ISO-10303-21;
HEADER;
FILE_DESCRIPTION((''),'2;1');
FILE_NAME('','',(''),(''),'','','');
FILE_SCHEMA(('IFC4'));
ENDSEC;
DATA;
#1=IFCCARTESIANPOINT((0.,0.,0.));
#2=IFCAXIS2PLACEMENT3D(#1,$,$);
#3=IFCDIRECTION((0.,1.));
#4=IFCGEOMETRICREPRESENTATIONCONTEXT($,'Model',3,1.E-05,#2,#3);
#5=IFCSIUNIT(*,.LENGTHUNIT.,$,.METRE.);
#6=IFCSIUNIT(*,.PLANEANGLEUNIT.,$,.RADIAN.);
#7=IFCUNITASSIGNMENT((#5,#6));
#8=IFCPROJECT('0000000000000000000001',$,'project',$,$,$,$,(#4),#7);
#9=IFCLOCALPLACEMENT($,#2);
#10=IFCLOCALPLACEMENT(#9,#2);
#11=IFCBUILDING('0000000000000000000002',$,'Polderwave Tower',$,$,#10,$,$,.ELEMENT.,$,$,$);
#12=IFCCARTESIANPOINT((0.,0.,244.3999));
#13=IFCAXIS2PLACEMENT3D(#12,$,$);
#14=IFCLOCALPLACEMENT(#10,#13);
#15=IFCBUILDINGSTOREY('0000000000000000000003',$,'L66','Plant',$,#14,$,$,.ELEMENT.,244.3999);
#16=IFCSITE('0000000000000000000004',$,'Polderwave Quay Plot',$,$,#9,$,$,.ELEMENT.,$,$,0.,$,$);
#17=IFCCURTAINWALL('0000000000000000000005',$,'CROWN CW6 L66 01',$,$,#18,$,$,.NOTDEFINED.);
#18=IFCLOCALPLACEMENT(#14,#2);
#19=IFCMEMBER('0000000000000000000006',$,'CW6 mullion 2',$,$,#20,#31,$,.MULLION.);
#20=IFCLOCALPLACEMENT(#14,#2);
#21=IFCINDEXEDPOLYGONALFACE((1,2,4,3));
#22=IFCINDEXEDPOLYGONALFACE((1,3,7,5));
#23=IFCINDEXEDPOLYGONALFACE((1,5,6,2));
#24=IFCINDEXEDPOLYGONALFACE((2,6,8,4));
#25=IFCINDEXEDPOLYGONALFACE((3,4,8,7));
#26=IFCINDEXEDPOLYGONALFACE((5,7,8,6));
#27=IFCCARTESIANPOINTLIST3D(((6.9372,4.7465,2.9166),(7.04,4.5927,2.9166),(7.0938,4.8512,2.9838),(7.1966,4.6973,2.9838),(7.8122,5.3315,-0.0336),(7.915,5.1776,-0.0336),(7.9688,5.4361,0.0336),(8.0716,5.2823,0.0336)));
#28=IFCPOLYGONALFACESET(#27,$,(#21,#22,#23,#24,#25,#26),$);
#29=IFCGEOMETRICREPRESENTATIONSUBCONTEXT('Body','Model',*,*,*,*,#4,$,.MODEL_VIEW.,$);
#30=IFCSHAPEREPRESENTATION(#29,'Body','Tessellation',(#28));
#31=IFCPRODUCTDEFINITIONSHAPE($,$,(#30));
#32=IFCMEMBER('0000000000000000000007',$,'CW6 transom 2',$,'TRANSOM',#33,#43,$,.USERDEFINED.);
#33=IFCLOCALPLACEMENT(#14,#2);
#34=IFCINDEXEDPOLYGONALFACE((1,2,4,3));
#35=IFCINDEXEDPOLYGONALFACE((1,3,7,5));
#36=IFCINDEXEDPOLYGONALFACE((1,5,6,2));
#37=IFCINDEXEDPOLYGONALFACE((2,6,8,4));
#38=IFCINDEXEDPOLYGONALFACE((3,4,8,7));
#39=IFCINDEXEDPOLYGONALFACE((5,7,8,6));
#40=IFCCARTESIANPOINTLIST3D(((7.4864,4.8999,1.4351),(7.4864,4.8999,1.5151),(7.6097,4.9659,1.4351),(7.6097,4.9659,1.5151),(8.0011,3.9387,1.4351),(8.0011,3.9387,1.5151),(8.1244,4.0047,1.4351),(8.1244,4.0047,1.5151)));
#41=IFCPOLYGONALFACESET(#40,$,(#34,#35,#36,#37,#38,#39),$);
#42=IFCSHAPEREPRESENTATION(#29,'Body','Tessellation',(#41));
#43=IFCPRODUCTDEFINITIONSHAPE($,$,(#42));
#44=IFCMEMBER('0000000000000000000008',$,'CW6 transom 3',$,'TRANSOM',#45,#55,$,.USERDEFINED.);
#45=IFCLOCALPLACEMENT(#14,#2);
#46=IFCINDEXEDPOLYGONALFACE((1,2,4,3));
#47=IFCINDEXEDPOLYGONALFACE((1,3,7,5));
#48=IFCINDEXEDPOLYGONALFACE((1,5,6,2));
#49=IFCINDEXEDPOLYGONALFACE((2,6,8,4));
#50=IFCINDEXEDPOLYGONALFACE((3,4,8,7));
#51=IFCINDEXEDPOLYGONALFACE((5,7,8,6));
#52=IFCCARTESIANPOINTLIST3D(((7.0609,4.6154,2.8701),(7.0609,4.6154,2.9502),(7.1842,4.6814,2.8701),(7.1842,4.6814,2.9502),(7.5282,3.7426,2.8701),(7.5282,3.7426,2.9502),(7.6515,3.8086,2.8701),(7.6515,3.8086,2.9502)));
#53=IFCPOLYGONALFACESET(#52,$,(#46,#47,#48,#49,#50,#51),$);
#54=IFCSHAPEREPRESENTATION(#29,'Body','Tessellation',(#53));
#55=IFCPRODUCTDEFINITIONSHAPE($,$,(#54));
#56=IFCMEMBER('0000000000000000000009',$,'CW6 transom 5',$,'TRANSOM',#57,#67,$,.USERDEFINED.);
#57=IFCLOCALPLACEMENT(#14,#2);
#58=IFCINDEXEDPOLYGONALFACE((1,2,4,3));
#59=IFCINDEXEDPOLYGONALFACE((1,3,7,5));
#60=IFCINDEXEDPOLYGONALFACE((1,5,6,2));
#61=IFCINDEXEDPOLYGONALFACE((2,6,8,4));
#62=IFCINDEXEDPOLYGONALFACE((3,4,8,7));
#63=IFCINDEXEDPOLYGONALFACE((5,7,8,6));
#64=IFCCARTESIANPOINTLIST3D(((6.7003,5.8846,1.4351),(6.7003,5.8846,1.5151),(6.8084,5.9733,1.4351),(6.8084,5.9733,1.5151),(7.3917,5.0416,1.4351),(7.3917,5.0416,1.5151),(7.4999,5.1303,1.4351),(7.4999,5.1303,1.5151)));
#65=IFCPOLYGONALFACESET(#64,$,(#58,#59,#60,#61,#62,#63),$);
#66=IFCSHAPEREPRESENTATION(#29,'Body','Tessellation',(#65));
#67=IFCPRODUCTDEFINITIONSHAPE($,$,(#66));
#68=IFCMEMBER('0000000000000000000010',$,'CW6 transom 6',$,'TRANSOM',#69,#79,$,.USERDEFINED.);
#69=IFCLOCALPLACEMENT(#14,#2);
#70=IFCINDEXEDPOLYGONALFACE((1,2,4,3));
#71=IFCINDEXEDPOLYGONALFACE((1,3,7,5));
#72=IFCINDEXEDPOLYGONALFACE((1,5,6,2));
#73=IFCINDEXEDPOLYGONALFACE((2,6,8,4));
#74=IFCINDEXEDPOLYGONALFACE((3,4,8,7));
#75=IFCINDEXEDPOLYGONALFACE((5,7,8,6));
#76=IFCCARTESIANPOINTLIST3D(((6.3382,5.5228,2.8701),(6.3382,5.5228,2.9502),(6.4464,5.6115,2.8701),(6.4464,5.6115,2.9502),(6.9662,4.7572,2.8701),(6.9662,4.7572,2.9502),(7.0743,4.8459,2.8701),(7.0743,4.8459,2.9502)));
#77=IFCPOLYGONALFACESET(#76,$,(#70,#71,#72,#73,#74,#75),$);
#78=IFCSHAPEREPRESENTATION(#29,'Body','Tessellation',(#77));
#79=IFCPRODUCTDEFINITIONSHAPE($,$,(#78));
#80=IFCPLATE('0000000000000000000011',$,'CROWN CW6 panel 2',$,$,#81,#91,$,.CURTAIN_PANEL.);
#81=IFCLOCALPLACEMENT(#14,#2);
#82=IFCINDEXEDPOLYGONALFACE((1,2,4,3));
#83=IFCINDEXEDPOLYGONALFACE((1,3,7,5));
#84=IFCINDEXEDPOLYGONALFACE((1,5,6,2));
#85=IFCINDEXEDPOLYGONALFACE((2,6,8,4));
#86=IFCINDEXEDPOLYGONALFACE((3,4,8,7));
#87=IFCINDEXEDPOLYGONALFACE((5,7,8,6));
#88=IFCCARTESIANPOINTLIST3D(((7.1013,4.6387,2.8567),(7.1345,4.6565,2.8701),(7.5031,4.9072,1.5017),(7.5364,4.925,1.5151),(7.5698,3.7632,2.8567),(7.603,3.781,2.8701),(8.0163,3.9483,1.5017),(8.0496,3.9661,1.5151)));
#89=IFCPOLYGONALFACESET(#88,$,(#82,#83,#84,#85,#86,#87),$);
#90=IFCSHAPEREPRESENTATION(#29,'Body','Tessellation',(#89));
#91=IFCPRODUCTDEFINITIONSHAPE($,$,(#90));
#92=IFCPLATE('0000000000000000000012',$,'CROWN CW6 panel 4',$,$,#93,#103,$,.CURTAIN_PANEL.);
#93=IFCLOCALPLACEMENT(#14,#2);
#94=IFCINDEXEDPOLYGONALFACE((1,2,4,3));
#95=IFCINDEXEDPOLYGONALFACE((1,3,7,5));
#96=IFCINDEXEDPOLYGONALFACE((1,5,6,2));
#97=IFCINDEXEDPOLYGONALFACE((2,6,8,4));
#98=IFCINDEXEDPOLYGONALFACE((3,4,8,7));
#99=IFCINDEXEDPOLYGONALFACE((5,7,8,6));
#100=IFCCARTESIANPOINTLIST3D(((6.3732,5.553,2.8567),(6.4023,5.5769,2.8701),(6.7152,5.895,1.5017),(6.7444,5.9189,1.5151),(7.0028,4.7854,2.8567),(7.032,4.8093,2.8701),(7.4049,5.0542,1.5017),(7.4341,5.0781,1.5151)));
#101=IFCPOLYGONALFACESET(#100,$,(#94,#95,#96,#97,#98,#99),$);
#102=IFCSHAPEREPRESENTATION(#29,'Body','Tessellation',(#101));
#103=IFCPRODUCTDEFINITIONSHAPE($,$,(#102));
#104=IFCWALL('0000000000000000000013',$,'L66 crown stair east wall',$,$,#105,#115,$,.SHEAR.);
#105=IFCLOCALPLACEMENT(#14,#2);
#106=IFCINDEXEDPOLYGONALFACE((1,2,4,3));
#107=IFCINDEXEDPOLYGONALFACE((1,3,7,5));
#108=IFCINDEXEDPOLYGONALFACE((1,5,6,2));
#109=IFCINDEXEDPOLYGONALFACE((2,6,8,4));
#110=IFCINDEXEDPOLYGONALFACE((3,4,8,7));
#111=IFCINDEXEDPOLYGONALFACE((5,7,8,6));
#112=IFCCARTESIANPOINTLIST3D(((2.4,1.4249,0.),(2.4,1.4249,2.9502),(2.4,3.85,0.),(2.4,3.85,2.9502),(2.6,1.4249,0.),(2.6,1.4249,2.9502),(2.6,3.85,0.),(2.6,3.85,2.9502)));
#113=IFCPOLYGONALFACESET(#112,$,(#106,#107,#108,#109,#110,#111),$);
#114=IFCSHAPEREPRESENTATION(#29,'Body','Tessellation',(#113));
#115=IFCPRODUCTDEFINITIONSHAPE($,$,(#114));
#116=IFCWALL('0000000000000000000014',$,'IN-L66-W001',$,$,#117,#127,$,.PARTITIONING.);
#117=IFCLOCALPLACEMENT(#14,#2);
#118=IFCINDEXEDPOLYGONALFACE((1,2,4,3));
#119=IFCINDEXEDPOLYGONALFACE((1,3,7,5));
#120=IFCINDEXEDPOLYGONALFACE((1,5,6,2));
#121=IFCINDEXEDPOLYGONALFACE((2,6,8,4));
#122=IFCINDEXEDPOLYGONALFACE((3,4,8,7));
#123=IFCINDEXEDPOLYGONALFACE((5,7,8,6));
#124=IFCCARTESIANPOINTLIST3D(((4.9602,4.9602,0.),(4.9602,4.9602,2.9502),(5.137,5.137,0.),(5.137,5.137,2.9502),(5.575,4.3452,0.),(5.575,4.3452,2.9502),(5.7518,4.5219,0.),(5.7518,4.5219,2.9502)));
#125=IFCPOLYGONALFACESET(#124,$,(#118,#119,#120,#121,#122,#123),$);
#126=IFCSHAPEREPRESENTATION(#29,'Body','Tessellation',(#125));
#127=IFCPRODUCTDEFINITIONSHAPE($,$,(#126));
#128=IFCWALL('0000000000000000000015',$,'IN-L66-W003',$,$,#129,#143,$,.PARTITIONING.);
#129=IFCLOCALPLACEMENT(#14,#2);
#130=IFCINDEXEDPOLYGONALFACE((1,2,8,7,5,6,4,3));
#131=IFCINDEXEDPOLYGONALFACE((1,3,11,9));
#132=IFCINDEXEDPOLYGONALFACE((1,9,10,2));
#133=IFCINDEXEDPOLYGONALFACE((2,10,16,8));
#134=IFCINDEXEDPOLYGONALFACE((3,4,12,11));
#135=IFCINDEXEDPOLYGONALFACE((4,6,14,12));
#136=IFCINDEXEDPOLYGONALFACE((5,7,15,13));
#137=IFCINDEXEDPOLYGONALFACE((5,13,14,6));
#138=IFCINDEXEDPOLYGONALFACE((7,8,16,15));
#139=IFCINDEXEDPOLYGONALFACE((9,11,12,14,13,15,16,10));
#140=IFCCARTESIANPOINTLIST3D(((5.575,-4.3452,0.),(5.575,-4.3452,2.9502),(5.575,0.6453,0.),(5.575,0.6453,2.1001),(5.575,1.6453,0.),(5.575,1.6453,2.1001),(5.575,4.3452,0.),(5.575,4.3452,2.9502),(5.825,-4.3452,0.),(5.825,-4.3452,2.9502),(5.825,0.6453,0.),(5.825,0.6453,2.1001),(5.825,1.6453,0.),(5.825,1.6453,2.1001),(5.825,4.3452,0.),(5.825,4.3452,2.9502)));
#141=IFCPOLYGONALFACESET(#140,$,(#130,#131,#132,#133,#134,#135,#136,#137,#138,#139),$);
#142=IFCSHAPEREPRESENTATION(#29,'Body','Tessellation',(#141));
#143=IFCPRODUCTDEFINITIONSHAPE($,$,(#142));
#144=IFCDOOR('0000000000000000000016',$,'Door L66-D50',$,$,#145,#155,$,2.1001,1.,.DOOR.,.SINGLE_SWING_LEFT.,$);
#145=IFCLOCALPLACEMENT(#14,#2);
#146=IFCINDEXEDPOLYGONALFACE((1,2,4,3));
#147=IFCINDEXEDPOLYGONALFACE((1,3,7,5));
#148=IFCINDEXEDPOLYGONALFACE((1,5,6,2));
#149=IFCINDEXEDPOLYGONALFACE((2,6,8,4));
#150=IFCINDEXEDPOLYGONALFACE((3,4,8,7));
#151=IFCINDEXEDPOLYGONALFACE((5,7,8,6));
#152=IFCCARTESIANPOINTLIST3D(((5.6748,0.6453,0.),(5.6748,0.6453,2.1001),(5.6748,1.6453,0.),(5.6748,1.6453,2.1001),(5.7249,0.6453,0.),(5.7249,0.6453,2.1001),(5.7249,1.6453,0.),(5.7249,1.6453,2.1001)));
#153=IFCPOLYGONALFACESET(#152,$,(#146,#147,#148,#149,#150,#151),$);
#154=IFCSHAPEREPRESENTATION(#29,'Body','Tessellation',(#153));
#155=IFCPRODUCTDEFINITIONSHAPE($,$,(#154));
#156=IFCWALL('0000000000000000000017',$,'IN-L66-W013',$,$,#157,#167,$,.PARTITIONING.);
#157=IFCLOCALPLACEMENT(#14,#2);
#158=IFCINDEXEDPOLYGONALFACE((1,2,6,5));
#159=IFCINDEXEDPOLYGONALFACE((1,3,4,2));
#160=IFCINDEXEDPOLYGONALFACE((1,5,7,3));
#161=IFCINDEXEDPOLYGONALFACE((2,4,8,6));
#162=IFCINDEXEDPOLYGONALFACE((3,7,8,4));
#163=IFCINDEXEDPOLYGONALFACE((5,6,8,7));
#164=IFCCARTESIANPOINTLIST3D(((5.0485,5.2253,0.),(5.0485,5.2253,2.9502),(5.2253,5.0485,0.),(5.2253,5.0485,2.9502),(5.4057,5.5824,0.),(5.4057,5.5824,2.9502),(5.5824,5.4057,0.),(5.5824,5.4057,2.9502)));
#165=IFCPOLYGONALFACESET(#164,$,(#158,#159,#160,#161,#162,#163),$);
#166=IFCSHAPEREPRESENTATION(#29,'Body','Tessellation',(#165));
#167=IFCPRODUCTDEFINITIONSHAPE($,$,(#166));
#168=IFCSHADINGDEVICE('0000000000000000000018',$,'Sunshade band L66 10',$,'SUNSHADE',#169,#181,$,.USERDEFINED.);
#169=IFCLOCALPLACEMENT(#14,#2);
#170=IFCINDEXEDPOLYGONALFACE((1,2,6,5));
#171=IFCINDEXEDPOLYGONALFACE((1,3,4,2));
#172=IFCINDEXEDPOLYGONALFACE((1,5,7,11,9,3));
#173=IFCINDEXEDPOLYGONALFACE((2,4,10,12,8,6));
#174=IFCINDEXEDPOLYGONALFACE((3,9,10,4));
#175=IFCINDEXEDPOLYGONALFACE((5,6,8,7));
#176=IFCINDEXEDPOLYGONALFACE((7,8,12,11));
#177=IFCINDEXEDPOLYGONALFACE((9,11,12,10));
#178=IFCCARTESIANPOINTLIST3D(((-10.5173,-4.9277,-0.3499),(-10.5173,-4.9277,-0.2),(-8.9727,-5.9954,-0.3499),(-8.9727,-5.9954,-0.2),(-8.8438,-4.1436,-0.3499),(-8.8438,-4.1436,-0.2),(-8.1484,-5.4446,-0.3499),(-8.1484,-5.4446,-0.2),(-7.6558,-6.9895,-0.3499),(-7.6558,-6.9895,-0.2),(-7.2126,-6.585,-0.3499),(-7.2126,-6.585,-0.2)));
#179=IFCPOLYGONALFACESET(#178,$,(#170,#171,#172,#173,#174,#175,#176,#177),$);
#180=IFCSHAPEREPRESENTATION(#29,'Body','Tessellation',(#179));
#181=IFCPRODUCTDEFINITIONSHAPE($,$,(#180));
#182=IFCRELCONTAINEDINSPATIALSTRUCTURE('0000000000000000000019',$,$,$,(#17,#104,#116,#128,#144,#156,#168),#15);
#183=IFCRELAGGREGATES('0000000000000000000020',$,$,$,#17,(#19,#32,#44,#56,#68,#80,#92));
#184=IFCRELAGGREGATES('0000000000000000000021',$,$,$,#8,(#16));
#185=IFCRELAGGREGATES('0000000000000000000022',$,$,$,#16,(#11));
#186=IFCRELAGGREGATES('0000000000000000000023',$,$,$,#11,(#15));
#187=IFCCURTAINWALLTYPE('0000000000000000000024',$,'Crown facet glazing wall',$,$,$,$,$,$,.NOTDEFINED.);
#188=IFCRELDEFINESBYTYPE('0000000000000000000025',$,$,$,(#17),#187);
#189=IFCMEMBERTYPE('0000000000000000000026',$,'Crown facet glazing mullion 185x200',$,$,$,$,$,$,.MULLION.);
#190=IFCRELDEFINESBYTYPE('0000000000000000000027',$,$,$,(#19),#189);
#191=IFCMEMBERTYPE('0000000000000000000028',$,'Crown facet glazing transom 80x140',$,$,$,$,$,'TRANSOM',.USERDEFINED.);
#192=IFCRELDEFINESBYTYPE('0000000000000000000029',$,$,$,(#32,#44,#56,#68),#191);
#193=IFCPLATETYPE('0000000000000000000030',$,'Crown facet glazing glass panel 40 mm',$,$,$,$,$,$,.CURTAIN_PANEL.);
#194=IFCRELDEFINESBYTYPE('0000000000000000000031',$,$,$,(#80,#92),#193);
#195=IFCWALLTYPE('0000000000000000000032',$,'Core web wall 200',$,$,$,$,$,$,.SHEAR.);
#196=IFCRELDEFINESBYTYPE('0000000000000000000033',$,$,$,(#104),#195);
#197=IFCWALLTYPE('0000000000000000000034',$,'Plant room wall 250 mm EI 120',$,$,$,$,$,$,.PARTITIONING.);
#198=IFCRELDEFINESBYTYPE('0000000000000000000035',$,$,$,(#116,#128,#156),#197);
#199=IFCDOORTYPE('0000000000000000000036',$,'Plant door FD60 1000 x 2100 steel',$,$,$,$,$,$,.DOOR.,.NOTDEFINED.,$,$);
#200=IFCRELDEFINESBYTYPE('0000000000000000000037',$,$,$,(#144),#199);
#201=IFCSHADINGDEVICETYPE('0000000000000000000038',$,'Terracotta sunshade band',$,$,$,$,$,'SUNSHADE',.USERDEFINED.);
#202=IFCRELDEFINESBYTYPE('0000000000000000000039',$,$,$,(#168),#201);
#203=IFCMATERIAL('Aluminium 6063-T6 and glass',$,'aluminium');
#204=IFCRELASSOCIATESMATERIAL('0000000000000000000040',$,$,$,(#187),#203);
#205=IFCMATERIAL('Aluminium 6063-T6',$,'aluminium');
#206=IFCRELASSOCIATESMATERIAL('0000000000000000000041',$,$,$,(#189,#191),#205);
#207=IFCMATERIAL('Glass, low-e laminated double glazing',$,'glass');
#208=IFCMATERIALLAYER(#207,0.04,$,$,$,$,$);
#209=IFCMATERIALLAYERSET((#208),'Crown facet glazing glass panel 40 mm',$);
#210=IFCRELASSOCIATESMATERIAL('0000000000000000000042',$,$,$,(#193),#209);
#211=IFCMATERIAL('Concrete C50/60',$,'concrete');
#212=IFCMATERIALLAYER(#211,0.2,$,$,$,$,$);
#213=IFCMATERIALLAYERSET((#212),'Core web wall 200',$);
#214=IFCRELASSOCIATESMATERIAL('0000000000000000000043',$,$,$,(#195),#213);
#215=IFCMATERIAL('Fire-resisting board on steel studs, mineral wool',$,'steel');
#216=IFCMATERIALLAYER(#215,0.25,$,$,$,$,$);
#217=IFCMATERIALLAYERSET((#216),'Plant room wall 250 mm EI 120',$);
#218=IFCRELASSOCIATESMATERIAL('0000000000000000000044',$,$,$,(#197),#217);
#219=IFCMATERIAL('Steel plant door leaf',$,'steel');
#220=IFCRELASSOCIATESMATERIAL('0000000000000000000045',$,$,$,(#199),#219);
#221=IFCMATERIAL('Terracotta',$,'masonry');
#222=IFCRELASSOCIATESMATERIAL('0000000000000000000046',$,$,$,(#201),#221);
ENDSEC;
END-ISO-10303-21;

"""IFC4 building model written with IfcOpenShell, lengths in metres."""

from ifc_helpers import new_model, si_unit, direction, frame, frame_2d, origin, origin_2d, place, context, subcontext, project, spatial, polyline, rectangle, outline, extrude, material, layer, layer_set, material_profile, profile_set, type_object, element, fill, aggregate, save


model = new_model("IFC4")

# Units and contexts
model_context = context("Model", 3, precision=1e-05, world=origin(), true_north=direction((0.0, 1.0)))
body_context = subcontext(model_context, "Body", "Model", "MODEL_VIEW")
ifc_project = project(units=[si_unit("LENGTHUNIT", "METRE"), si_unit("PLANEANGLEUNIT", "RADIAN")], contexts=[model_context])

# Site, building, storey
site_placement = place(None, origin())
site = spatial("IfcSite", under=ifc_project, at=site_placement, Name="Polderwave Quay Plot", CompositionType="ELEMENT", RefElevation=0.0)
building_placement = place(site_placement, origin())
building = spatial("IfcBuilding", under=site, at=building_placement, Name="Polderwave Tower", CompositionType="ELEMENT")
storey_placement = place(building_placement, frame((0.0, 0.0, 244.3999)))
storey = spatial("IfcBuildingStorey", under=building, at=storey_placement, Name="L66", Description="Plant", CompositionType="ELEMENT", Elevation=244.3999)

# Curtain wall, members, plates
ifc_material_1 = material(Name="Aluminium 6063-T6 and glass", Category="aluminium")
curtain_wall_type = type_object("IfcCurtainWallType", Name="Crown facet glazing wall", PredefinedType="NOTDEFINED", material=ifc_material_1)
curtain_wall_placement = place(storey_placement, origin())
curtain_wall = element("IfcCurtainWall", 1, at=curtain_wall_placement, inside=storey, type_object=curtain_wall_type, Name="CROWN CW6 L66 01", PredefinedType="NOTDEFINED")
ifc_material_2 = material(Name="Aluminium 6063-T6", Category="aluminium")
ifc_material_profile_1 = material_profile(ifc_material_2, rectangle(XDim=0.1851, YDim=0.2, at=origin_2d()), Name="AL 185x200")
ifc_profile_set_1 = profile_set([ifc_material_profile_1], Name="Aluminium 6063-T6")
member_type_1 = type_object("IfcMemberType", Name="Crown facet glazing mullion 185x200", PredefinedType="MULLION", material=ifc_profile_set_1)
member_1_placement = place(storey_placement, frame((7.9419, 5.3069, 0.0), z_axis=(-0.279345, -0.18675, 0.941855), x_axis=(0.55577, -0.831336, 0.0)))
member_1 = element("IfcMember", 2, at=member_1_placement, type_object=member_type_1, Name="CW6 mullion 2", PredefinedType="MULLION", context=body_context, shape_type="SweptSolid", body=[
    extrude(rectangle(XDim=0.1851, YDim=0.2, at=origin_2d()), origin(), (0.0, 0.0, 1.0), 3.1323),
])
ifc_material_profile_2 = material_profile(ifc_material_2, rectangle(XDim=0.1399, YDim=0.0801, at=origin_2d()), Name="AL 80x140")
ifc_profile_set_2 = profile_set([ifc_material_profile_2], Name="Aluminium 6063-T6")
member_type_2 = type_object("IfcMemberType", Name="Crown facet glazing transom 80x140", ElementType="TRANSOM", PredefinedType="USERDEFINED", material=ifc_profile_set_2)
member_2_placement = place(storey_placement, frame((8.0627, 3.9717, 1.4751), z_axis=(-0.472029, 0.881583, 0.0), x_axis=(-0.881583, -0.472029, 0.0)))
member_2 = element("IfcMember", 3, at=member_2_placement, type_object=member_type_2, Name="CW6 transom 2", ObjectType="TRANSOM", PredefinedType="USERDEFINED", context=body_context, shape_type="SweptSolid", body=[
    extrude(rectangle(XDim=0.1399, YDim=0.0801, at=origin_2d()), origin(), (0.0, 0.0, 1.0), 1.0903),
])
member_3_placement = place(storey_placement, frame((7.5898, 3.7756, 2.9102), z_axis=(-0.471996, 0.881601, 0.0), x_axis=(-0.881601, -0.471996, 0.0)))
member_3 = element("IfcMember", 4, at=member_3_placement, type_object=member_type_2, Name="CW6 transom 3", ObjectType="TRANSOM", PredefinedType="USERDEFINED", context=body_context, shape_type="SweptSolid", body=[
    extrude(rectangle(XDim=0.1399, YDim=0.0801, at=origin_2d()), origin(), (0.0, 0.0, 1.0), 0.99),
])
member_4_placement = place(storey_placement, frame((7.4458, 5.0859, 1.4751), z_axis=(-0.634152, 0.773208, 0.0), x_axis=(-0.773208, -0.634152, 0.0)))
member_4 = element("IfcMember", 5, at=member_4_placement, type_object=member_type_2, Name="CW6 transom 5", ObjectType="TRANSOM", PredefinedType="USERDEFINED", context=body_context, shape_type="SweptSolid", body=[
    extrude(rectangle(XDim=0.1399, YDim=0.0801, at=origin_2d()), origin(), (0.0, 0.0, 1.0), 1.0903),
])
member_5_placement = place(storey_placement, frame((7.0203, 4.8015, 2.9102), z_axis=(-0.63415, 0.77321, 0.0), x_axis=(-0.77321, -0.63415, 0.0)))
member_5 = element("IfcMember", 6, at=member_5_placement, type_object=member_type_2, Name="CW6 transom 6", ObjectType="TRANSOM", PredefinedType="USERDEFINED", context=body_context, shape_type="SweptSolid", body=[
    extrude(rectangle(XDim=0.1399, YDim=0.0801, at=origin_2d()), origin(), (0.0, 0.0, 1.0), 0.9902),
])
ifc_material_3 = material(Name="Glass, low-e laminated double glazing", Category="glass")
ifc_layer_1 = layer(ifc_material_3, 0.04)
ifc_layer_set_1 = layer_set([ifc_layer_1], Name="Crown facet glazing glass panel 40 mm")
plate_type = type_object("IfcPlateType", Name="Crown facet glazing glass panel 40 mm", PredefinedType="CURTAIN_PANEL", material=ifc_layer_set_1)
plate_1_placement = place(storey_placement, frame((8.0496, 3.9661, 1.5151), z_axis=(0.830889, 0.444637, 0.334547), x_axis=(-0.471824, 0.881693, 0.0)))
plate_1 = element("IfcPlate", 7, at=plate_1_placement, type_object=plate_type, Name="CROWN CW6 panel 2", PredefinedType="CURTAIN_PANEL", context=body_context, shape_type="SweptSolid", body=[
    extrude(outline(polyline([(0.0, 0.0), (1.0877, 0.0), (1.0405, 1.4378), (0.0475, 1.4378), (0.0, 0.0)])), origin(), (0.0, 0.0, -1.0), 0.04),
])
plate_2_placement = place(storey_placement, frame((7.4341, 5.0781, 1.5151), z_axis=(0.728552, 0.597616, 0.334763), x_axis=(-0.634208, 0.773162, -0.000002)))
plate_2 = element("IfcPlate", 8, at=plate_2_placement, type_object=plate_type, Name="CROWN CW6 panel 4", PredefinedType="CURTAIN_PANEL", context=body_context, shape_type="SweptSolid", body=[
    extrude(outline(polyline([(0.0, 0.0), (1.0875, 0.0), (1.04, 1.4379), (0.0472, 1.4379), (0.0, 0.0)])), origin(), (0.0, 0.0, -1.0), 0.04),
])
aggregate(curtain_wall, [member_1, member_2, member_3, member_4, member_5, plate_1, plate_2])

# Walls
ifc_material_4 = material(Name="Concrete C50/60", Category="concrete")
ifc_layer_2 = layer(ifc_material_4, 0.2)
ifc_layer_set_2 = layer_set([ifc_layer_2], Name="Core web wall 200")
wall_type_1 = type_object("IfcWallType", Name="Core web wall 200", PredefinedType="SHEAR", material=ifc_layer_set_2)
wall_1_placement = place(storey_placement, frame((2.5, 1.425, 0.0), z_axis=(0.0, 0.0, 1.0), x_axis=(0.0, 1.0, 0.0)))
element("IfcWall", 9, at=wall_1_placement, inside=storey, type_object=wall_type_1, Name="L66 crown stair east wall", PredefinedType="SHEAR", context=body_context, shape_type="SweptSolid", body=[
    extrude(rectangle(XDim=2.425, YDim=0.2, at=frame_2d((1.2124, 0.0))), origin(), (0.0, 0.0, 1.0), 2.9502),
])
ifc_material_5 = material(Name="Fire-resisting board on steel studs, mineral wool", Category="steel")
ifc_layer_3 = layer(ifc_material_5, 0.25)
ifc_layer_set_3 = layer_set([ifc_layer_3], Name="Plant room wall 250 mm EI 120")
wall_type_2 = type_object("IfcWallType", Name="Plant room wall 250 mm EI 120", PredefinedType="PARTITIONING", material=ifc_layer_set_3)
wall_2_placement = place(storey_placement, frame((5.0486, 5.0486, 0.0), z_axis=(0.0, 0.0, 1.0), x_axis=(0.706966, -0.707247, 0.0)))
element("IfcWall", 10, at=wall_2_placement, inside=storey, type_object=wall_type_2, Name="IN-L66-W001", PredefinedType="PARTITIONING", context=body_context, shape_type="SweptSolid", body=[
    extrude(rectangle(XDim=0.8696, YDim=0.25, at=frame_2d((0.4348, 0.0))), origin(), (0.0, 0.0, 1.0), 2.9502),
])

# Wall, opening, door
wall_3_placement = place(storey_placement, frame((5.7, 4.3452, 0.0), z_axis=(0.0, 0.0, 1.0), x_axis=(0.0, -1.0, 0.0)))
wall_3 = element("IfcWall", 11, at=wall_3_placement, inside=storey, type_object=wall_type_2, Name="IN-L66-W003", PredefinedType="PARTITIONING", context=body_context, shape_type="SweptSolid", body=[
    extrude(rectangle(XDim=8.6904, YDim=0.25, at=frame_2d((4.3452, 0.0))), origin(), (0.0, 0.0, 1.0), 2.9502),
])
opening_placement = place(wall_3_placement, frame((2.7, 0.0, 0.0)))
opening = element("IfcOpeningElement", 12, at=opening_placement, cuts=wall_3, PredefinedType="OPENING", context=body_context, shape_type="SweptSolid", body=[
    extrude(rectangle(XDim=1.0, YDim=2.1001, at=frame_2d((0.5, 1.05))), frame((0.0, 0.135, 0.0), z_axis=(0.0, -1.0, 0.0), x_axis=(1.0, 0.0, 0.0)), (0.0, 0.0, 1.0), 0.27),
])
ifc_material_6 = material(Name="Steel plant door leaf", Category="steel")
door_type = type_object("IfcDoorType", Name="Plant door FD60 1000 x 2100 steel", OperationType="NOTDEFINED", PredefinedType="DOOR", material=ifc_material_6)
door_placement = place(opening_placement, origin())
door = element("IfcDoor", 13, at=door_placement, inside=storey, type_object=door_type, Name="Door L66-D50", OperationType="SINGLE_SWING_LEFT", OverallHeight=2.1001, OverallWidth=1.0, PredefinedType="DOOR", context=body_context, shape_type="SweptSolid", body=[
    extrude(rectangle(XDim=1.0, YDim=2.1001, at=frame_2d((0.5, 1.05))), frame((0.0, 0.0249, 0.0), z_axis=(0.0, -1.0, 0.0), x_axis=(1.0, 0.0, 0.0)), (0.0, 0.0, 1.0), 0.05),
])
fill(opening, door)

# Wall
wall_4_placement = place(storey_placement, frame((5.137, 5.137, 0.0), z_axis=(0.0, 0.0, 1.0), x_axis=(0.707107, 0.707107, 0.0)))
element("IfcWall", 14, at=wall_4_placement, inside=storey, type_object=wall_type_2, Name="IN-L66-W013", PredefinedType="PARTITIONING", context=body_context, shape_type="SweptSolid", body=[
    extrude(rectangle(XDim=0.5051, YDim=0.25, at=frame_2d((0.2524, 0.0))), origin(), (0.0, 0.0, 1.0), 2.9502),
])

# Shading device
ifc_material_7 = material(Name="Terracotta", Category="masonry")
shading_device_type = type_object("IfcShadingDeviceType", Name="Terracotta sunshade band", ElementType="SUNSHADE", PredefinedType="USERDEFINED", material=ifc_material_7)
shading_device_1_placement = place(storey_placement, frame((0.0, 0.0, -0.3499)))
element("IfcShadingDevice", 15, at=shading_device_1_placement, inside=storey, type_object=shading_device_type, Name="Sunshade band L66 10", ObjectType="SUNSHADE", PredefinedType="USERDEFINED", context=body_context, shape_type="SweptSolid", body=[
    extrude(outline(polyline([(-8.8438, -4.1436), (-8.1484, -5.4446), (-7.2126, -6.585), (-7.6558, -6.9895), (-8.9727, -5.9954), (-10.5173, -4.9277), (-8.8438, -4.1436)])), origin(), (0.0, 0.0, 1.0), 0.1499),
])

save(model, "model.ifc")
